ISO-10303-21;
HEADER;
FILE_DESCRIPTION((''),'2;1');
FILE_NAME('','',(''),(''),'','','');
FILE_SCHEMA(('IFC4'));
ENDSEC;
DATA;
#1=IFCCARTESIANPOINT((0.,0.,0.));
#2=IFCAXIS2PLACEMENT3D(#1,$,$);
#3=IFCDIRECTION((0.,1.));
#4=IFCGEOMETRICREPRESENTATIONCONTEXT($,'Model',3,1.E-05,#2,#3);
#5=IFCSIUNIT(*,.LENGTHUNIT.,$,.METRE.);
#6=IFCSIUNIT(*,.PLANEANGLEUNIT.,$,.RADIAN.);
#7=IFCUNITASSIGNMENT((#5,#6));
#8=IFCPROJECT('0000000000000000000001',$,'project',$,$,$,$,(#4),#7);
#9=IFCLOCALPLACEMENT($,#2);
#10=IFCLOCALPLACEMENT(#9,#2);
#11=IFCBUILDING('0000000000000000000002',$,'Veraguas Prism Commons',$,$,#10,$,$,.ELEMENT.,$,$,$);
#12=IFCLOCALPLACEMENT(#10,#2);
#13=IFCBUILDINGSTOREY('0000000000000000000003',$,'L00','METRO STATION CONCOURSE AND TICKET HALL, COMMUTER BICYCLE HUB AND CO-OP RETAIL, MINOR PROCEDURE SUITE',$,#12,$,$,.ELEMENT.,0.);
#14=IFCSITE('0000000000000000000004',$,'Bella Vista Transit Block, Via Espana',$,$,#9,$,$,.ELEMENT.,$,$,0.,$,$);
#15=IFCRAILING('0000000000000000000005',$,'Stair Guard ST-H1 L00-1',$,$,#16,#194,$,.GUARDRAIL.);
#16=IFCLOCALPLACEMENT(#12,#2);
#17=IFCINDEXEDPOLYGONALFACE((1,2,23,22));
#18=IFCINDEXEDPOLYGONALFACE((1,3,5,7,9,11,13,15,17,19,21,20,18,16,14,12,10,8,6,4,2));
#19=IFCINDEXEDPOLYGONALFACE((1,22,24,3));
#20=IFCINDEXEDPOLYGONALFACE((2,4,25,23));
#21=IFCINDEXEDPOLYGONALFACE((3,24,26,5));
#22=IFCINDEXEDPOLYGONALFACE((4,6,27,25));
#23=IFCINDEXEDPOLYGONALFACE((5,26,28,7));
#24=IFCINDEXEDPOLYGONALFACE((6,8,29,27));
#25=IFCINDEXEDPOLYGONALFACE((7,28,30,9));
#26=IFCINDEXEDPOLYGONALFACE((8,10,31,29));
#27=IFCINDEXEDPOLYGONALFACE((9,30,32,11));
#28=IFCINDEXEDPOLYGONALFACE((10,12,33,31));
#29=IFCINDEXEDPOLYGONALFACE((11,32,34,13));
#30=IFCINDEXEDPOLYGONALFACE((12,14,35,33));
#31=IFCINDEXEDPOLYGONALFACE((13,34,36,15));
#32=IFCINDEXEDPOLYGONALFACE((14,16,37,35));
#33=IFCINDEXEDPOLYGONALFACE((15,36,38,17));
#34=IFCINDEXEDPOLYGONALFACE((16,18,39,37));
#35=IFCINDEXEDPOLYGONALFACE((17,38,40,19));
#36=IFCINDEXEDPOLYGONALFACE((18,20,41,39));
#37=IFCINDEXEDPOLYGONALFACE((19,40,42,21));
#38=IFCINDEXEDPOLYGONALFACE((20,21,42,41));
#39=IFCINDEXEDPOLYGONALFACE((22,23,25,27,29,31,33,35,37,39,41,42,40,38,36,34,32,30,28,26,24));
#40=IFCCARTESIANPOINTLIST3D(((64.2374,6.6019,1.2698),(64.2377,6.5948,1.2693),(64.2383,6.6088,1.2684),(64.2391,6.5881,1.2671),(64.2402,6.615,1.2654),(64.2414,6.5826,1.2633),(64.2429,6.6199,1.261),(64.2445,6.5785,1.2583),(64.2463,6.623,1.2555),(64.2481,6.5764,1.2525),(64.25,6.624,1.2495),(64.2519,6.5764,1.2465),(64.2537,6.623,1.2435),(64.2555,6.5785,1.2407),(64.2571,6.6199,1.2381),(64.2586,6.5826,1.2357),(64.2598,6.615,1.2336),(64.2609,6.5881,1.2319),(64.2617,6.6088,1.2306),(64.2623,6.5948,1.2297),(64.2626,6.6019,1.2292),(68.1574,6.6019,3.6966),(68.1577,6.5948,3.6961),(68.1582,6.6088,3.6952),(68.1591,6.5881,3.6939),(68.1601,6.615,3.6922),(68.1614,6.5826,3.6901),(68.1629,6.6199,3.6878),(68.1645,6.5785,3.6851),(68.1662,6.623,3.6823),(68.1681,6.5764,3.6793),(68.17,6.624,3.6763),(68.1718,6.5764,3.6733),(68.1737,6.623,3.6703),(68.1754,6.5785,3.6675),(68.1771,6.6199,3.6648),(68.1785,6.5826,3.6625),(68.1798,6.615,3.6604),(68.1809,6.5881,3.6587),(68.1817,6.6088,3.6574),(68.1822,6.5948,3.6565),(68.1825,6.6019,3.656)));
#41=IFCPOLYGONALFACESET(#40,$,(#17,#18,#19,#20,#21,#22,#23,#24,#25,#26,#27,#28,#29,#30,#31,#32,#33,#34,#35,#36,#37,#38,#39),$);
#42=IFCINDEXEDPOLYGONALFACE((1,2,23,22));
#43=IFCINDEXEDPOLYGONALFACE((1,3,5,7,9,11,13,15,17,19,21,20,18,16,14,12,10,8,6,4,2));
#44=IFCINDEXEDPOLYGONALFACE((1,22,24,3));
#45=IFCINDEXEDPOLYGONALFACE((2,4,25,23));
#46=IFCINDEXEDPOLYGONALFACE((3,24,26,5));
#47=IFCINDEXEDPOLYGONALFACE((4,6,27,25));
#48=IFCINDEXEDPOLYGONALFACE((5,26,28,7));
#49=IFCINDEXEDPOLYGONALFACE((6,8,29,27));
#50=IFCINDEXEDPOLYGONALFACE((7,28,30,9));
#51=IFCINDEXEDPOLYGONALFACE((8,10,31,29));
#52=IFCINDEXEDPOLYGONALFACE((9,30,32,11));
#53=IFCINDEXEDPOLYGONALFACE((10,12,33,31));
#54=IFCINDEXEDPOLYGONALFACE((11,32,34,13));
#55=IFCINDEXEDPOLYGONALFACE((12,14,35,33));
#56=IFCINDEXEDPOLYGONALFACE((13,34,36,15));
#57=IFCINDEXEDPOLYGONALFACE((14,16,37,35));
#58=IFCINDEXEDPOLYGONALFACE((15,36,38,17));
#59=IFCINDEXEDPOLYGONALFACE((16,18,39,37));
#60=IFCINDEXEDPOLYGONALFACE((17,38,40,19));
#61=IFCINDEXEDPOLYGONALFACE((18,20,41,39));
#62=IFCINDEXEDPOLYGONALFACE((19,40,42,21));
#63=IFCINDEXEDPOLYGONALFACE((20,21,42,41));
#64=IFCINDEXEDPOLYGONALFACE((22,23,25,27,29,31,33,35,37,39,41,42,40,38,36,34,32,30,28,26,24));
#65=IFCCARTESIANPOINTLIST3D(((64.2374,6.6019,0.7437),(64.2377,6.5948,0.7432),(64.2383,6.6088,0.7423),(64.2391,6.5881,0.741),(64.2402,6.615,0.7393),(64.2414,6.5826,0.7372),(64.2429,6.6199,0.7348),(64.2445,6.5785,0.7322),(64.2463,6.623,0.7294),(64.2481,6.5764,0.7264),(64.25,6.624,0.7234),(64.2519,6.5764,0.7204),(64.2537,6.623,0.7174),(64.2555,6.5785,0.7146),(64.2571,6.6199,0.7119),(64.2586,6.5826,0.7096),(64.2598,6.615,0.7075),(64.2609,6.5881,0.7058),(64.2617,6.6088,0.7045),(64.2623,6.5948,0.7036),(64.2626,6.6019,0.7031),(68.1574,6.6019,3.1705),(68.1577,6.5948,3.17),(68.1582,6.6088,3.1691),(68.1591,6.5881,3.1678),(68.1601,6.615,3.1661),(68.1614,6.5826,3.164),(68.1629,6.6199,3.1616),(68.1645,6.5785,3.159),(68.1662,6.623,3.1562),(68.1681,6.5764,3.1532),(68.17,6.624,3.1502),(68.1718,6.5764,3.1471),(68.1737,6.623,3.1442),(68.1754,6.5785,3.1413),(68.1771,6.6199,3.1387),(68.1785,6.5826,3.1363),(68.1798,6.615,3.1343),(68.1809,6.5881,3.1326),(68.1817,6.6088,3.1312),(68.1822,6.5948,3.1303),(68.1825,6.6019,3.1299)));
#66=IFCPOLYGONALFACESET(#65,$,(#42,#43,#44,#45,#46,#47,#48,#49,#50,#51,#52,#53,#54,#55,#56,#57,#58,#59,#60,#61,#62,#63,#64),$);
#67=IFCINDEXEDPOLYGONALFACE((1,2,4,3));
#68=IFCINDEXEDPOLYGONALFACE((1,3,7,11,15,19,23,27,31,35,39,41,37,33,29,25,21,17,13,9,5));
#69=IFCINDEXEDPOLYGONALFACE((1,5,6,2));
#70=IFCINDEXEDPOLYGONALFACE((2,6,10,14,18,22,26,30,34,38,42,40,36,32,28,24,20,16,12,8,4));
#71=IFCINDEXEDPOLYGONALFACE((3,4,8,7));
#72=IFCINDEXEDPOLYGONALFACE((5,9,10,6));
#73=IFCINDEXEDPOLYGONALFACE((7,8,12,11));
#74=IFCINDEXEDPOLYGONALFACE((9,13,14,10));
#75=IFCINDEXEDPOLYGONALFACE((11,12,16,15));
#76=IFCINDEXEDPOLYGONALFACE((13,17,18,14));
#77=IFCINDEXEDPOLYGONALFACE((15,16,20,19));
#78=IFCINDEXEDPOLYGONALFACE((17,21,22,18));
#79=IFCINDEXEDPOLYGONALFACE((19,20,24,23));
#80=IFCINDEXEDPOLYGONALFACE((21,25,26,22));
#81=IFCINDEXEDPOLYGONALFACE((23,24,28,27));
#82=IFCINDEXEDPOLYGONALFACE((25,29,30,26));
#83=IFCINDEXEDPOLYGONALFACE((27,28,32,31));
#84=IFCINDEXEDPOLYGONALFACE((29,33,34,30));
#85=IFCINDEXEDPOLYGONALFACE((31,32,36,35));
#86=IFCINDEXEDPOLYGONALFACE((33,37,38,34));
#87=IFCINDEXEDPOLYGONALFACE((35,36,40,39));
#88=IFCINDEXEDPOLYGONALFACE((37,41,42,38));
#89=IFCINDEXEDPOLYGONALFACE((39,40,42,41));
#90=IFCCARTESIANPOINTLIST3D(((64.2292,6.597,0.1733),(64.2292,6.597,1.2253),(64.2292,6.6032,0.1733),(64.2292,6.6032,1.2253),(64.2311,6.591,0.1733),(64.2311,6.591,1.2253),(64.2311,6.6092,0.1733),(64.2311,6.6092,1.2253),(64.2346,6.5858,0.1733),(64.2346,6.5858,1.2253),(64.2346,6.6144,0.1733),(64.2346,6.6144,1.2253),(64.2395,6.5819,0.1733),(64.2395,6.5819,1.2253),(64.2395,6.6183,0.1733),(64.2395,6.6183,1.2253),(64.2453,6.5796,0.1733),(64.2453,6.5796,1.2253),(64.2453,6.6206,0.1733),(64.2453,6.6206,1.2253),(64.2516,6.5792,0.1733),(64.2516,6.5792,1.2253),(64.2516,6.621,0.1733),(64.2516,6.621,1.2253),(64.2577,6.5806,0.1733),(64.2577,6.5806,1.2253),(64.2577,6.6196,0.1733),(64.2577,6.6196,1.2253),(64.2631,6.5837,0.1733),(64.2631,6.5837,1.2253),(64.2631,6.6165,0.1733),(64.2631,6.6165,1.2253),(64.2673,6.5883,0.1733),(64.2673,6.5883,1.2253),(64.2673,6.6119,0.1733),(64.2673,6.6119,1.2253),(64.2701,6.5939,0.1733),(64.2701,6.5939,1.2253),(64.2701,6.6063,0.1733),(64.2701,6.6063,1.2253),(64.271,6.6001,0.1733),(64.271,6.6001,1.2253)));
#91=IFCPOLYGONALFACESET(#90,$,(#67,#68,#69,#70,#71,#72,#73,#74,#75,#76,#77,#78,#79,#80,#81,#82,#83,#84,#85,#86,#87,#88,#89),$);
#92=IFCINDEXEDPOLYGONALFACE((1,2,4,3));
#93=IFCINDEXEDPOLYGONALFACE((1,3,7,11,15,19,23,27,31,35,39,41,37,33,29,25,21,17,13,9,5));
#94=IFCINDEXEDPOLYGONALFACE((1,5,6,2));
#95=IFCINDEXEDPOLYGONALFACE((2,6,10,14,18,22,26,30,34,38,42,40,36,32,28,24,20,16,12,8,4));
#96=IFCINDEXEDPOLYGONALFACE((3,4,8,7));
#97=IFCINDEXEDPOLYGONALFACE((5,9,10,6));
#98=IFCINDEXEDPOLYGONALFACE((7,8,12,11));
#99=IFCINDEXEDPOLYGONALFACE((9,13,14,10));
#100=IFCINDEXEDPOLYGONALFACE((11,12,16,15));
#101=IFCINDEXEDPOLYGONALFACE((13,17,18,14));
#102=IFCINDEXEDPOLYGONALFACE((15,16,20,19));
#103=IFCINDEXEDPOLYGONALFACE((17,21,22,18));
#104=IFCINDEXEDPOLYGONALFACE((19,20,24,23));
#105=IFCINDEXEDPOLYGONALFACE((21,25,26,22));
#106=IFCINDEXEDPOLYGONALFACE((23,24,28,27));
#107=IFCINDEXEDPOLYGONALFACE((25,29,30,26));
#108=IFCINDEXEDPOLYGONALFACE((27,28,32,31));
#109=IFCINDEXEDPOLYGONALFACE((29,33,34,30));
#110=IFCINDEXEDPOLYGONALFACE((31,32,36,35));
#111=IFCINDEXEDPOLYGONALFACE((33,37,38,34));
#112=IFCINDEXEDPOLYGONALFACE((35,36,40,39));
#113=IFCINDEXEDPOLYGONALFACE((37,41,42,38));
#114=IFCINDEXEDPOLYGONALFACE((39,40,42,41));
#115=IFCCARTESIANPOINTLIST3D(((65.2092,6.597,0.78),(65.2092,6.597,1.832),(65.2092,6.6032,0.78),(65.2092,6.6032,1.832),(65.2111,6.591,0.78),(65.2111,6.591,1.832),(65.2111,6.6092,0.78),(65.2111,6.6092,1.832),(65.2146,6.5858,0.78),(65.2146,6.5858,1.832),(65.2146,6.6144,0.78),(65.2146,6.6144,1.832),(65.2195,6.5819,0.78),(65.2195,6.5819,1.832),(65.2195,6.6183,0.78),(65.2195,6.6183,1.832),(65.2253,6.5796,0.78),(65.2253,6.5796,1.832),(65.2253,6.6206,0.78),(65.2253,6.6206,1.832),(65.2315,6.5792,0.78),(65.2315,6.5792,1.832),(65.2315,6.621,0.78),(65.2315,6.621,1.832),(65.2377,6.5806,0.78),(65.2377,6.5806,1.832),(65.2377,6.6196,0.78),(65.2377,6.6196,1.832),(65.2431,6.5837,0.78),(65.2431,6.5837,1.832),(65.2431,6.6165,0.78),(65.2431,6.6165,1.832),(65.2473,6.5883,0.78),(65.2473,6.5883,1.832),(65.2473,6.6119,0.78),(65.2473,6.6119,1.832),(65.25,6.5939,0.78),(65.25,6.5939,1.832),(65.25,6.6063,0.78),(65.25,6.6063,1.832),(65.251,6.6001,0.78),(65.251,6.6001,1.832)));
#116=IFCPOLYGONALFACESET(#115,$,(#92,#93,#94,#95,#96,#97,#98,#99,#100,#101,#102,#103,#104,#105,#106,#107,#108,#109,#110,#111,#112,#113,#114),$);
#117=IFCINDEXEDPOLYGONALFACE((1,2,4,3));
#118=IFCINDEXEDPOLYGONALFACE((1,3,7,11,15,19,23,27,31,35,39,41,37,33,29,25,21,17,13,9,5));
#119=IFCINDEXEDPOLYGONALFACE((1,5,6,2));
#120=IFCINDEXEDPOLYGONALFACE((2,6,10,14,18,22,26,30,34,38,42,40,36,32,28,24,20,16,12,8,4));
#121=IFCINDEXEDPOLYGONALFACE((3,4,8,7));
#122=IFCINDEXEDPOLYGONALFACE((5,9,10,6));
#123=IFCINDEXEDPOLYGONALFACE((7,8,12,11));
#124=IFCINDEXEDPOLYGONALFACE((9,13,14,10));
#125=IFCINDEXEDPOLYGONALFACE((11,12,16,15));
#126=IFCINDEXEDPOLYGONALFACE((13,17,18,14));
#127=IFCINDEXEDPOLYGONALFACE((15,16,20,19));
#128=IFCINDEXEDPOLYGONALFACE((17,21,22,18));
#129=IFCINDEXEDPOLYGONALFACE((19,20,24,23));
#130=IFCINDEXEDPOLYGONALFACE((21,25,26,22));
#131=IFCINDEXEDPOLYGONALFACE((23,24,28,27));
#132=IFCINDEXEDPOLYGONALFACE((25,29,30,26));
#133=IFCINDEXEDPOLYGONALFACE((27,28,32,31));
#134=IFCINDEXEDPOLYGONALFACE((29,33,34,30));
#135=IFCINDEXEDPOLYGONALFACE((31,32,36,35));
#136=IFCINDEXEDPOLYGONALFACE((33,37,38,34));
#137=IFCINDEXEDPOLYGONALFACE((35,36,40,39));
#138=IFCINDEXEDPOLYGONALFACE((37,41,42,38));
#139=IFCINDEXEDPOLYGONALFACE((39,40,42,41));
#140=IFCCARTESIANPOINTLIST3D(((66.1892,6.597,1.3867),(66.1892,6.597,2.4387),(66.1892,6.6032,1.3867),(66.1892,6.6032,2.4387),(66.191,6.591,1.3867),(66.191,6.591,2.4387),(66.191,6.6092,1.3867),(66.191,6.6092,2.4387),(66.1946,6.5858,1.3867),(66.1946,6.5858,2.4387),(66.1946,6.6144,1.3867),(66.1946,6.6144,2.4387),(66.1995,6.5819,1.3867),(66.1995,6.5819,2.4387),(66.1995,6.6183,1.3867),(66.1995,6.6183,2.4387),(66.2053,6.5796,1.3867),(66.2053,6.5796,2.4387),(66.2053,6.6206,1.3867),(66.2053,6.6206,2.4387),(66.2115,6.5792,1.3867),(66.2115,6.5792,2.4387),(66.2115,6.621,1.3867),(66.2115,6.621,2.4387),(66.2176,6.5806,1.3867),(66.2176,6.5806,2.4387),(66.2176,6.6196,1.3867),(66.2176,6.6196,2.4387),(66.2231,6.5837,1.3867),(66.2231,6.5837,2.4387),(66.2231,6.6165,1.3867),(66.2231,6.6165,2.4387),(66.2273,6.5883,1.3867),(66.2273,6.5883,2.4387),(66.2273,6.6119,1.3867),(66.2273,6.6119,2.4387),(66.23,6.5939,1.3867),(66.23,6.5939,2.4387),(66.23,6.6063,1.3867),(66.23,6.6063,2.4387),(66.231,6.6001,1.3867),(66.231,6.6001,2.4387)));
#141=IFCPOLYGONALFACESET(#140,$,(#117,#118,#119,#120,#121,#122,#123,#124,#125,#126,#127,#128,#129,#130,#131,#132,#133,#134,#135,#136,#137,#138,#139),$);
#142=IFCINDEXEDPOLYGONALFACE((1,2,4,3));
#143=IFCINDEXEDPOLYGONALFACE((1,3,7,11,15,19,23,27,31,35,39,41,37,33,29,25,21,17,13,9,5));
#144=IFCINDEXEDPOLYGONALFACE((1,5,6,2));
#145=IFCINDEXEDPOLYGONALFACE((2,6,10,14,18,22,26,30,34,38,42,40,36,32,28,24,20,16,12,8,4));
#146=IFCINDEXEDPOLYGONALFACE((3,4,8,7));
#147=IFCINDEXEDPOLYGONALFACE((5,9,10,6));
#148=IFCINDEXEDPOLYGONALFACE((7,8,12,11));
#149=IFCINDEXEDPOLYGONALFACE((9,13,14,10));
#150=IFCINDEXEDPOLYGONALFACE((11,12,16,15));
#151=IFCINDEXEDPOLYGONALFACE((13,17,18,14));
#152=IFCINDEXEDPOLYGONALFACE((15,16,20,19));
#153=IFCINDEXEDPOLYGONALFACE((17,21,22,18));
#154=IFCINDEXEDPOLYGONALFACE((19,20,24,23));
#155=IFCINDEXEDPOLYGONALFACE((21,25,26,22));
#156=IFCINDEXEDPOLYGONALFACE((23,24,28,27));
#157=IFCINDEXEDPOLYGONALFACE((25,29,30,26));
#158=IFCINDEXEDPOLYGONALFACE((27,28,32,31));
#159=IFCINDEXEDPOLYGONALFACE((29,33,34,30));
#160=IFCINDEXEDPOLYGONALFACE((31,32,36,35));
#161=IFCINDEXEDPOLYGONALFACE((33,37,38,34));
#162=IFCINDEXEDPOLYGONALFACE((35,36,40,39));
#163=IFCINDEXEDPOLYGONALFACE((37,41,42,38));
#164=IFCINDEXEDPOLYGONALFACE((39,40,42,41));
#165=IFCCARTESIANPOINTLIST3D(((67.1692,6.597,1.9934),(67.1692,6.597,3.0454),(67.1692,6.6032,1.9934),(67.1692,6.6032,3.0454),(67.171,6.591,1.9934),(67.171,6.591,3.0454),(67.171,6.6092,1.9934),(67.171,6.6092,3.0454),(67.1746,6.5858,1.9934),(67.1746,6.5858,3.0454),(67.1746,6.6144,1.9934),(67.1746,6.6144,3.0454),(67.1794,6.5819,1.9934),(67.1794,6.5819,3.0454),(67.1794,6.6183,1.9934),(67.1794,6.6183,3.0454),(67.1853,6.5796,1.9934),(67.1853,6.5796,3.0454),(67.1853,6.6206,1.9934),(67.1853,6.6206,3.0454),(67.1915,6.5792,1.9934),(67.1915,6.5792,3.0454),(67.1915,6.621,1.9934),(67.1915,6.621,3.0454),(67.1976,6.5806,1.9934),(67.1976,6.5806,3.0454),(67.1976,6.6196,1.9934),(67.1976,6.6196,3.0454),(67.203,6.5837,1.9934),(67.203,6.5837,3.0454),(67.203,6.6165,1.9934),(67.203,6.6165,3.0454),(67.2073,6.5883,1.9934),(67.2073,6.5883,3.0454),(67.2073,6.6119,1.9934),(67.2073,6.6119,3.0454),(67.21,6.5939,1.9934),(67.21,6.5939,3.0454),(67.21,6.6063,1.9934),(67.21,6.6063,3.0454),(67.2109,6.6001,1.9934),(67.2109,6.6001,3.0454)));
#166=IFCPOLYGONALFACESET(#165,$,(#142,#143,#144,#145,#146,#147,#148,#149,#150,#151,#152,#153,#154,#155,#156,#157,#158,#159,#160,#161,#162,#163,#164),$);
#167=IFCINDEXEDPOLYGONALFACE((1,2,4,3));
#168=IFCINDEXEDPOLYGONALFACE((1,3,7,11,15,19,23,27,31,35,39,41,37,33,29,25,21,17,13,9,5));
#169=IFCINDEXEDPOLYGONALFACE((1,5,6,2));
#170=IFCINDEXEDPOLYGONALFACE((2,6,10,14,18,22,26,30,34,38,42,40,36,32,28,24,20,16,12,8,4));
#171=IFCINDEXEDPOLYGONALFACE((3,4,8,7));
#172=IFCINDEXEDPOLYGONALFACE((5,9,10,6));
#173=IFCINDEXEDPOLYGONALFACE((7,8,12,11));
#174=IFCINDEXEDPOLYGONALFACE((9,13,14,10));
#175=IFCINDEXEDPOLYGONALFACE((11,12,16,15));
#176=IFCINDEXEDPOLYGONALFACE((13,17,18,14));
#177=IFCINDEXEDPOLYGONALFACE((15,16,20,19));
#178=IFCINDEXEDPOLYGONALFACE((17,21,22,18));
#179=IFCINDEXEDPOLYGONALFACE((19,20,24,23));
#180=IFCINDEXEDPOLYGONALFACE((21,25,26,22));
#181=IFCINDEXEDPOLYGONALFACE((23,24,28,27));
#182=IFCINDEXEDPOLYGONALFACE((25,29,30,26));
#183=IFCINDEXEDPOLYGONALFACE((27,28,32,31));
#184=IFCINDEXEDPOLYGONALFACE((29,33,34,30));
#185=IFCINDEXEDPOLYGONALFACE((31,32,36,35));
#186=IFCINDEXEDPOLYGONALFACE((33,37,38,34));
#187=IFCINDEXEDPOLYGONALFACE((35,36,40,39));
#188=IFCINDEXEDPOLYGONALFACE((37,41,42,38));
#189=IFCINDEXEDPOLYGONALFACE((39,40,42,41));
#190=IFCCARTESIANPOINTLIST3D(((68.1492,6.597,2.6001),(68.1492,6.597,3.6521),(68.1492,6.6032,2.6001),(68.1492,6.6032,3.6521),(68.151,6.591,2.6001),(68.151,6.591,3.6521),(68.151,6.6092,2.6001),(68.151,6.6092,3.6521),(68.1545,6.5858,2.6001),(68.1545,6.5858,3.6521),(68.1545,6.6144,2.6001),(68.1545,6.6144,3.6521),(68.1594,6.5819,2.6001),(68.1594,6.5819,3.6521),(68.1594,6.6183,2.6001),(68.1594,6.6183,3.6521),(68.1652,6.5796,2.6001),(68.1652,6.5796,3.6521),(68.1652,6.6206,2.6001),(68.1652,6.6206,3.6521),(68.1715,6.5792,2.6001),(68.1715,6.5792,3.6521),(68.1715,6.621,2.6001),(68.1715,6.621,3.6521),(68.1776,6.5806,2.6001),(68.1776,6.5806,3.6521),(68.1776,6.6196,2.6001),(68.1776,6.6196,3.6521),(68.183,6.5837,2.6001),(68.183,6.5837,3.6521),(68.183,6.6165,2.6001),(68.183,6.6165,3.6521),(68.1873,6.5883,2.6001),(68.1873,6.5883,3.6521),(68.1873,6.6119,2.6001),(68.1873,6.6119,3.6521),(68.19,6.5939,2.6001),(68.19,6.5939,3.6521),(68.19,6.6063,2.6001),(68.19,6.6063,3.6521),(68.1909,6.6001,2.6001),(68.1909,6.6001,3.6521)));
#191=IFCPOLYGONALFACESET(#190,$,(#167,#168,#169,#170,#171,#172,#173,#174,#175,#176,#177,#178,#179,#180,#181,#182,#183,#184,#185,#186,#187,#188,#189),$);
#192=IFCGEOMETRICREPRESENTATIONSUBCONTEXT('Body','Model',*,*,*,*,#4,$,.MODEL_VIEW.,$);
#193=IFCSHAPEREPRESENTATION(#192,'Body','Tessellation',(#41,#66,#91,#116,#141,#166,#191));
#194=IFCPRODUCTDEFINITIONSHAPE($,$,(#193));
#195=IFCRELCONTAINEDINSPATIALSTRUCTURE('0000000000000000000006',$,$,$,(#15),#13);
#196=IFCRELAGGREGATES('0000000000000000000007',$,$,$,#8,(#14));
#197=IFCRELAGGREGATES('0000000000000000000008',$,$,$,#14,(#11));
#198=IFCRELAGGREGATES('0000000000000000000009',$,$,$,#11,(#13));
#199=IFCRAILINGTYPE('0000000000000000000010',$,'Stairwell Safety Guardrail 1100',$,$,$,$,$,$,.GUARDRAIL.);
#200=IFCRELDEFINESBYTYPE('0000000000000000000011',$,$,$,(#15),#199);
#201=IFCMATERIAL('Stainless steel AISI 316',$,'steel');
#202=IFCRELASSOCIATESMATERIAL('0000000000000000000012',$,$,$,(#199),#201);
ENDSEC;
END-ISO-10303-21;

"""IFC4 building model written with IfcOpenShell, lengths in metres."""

from ifc_helpers import new_model, si_unit, direction, frame, origin, origin_2d, place, context, subcontext, project, spatial, circle, extrude, material, type_object, element, save


model = new_model("IFC4")

# Units and contexts
model_context = context("Model", 3, precision=1e-05, world=origin(), true_north=direction((0.0, 1.0)))
body_context = subcontext(model_context, "Body", "Model", "MODEL_VIEW")
ifc_project = project(units=[si_unit("LENGTHUNIT", "METRE"), si_unit("PLANEANGLEUNIT", "RADIAN")], contexts=[model_context])

# Site, building, storey
site_placement = place(None, origin())
site = spatial("IfcSite", under=ifc_project, at=site_placement, Name="Bella Vista Transit Block, Via Espana", CompositionType="ELEMENT", RefElevation=0.0)
building_placement = place(site_placement, origin())
building = spatial("IfcBuilding", under=site, at=building_placement, Name="Veraguas Prism Commons", CompositionType="ELEMENT")
storey_placement = place(building_placement, origin())
storey = spatial("IfcBuildingStorey", under=building, at=storey_placement, Name="L00", Description="METRO STATION CONCOURSE AND TICKET HALL, COMMUTER BICYCLE HUB AND CO-OP RETAIL, MINOR PROCEDURE SUITE", CompositionType="ELEMENT", Elevation=0.0)

# Shared definitions
ifc_material_1 = material(Name="Stainless steel AISI 316", Category="steel")

# Railing
railing_type_1 = type_object("IfcRailingType", Name="Stairwell Safety Guardrail 1100", PredefinedType="GUARDRAIL", material=ifc_material_1)
railing_1_placement = place(storey_placement, frame((64.25, 6.6001, 0.1733)))
element("IfcRailing", 1, at=railing_1_placement, inside=storey, type_object=railing_type_1, Name="Stair Guard ST-H1 L00-1", PredefinedType="GUARDRAIL", context=body_context, shape_type="SweptSolid", body=[
    extrude(circle(Radius=0.0239, at=origin_2d()), frame((0.0, 0.0, 1.0762), z_axis=(0.850252, 0.0, 0.526376), x_axis=(0.0, 1.0, 0.0)), (0.0, 0.0, 1.0), 4.6104),
    extrude(circle(Radius=0.0239, at=origin_2d()), frame((0.0, 0.0, 0.55), z_axis=(0.850252, 0.0, 0.526376), x_axis=(0.0, 1.0, 0.0)), (0.0, 0.0, 1.0), 4.6104),
    extrude(circle(Radius=0.021, at=origin_2d()), origin(), (0.0, 0.0, 1.0), 1.052),
    extrude(circle(Radius=0.021, at=origin_2d()), frame((0.98, 0.0, 0.6067)), (0.0, 0.0, 1.0), 1.052),
    extrude(circle(Radius=0.021, at=origin_2d()), frame((1.96, 0.0, 1.2134)), (0.0, 0.0, 1.0), 1.052),
    extrude(circle(Radius=0.021, at=origin_2d()), frame((2.9399, 0.0, 1.8201)), (0.0, 0.0, 1.0), 1.052),
    extrude(circle(Radius=0.021, at=origin_2d()), frame((3.9199, 0.0, 2.4268)), (0.0, 0.0, 1.0), 1.052),
])

save(model, "model.ifc")
